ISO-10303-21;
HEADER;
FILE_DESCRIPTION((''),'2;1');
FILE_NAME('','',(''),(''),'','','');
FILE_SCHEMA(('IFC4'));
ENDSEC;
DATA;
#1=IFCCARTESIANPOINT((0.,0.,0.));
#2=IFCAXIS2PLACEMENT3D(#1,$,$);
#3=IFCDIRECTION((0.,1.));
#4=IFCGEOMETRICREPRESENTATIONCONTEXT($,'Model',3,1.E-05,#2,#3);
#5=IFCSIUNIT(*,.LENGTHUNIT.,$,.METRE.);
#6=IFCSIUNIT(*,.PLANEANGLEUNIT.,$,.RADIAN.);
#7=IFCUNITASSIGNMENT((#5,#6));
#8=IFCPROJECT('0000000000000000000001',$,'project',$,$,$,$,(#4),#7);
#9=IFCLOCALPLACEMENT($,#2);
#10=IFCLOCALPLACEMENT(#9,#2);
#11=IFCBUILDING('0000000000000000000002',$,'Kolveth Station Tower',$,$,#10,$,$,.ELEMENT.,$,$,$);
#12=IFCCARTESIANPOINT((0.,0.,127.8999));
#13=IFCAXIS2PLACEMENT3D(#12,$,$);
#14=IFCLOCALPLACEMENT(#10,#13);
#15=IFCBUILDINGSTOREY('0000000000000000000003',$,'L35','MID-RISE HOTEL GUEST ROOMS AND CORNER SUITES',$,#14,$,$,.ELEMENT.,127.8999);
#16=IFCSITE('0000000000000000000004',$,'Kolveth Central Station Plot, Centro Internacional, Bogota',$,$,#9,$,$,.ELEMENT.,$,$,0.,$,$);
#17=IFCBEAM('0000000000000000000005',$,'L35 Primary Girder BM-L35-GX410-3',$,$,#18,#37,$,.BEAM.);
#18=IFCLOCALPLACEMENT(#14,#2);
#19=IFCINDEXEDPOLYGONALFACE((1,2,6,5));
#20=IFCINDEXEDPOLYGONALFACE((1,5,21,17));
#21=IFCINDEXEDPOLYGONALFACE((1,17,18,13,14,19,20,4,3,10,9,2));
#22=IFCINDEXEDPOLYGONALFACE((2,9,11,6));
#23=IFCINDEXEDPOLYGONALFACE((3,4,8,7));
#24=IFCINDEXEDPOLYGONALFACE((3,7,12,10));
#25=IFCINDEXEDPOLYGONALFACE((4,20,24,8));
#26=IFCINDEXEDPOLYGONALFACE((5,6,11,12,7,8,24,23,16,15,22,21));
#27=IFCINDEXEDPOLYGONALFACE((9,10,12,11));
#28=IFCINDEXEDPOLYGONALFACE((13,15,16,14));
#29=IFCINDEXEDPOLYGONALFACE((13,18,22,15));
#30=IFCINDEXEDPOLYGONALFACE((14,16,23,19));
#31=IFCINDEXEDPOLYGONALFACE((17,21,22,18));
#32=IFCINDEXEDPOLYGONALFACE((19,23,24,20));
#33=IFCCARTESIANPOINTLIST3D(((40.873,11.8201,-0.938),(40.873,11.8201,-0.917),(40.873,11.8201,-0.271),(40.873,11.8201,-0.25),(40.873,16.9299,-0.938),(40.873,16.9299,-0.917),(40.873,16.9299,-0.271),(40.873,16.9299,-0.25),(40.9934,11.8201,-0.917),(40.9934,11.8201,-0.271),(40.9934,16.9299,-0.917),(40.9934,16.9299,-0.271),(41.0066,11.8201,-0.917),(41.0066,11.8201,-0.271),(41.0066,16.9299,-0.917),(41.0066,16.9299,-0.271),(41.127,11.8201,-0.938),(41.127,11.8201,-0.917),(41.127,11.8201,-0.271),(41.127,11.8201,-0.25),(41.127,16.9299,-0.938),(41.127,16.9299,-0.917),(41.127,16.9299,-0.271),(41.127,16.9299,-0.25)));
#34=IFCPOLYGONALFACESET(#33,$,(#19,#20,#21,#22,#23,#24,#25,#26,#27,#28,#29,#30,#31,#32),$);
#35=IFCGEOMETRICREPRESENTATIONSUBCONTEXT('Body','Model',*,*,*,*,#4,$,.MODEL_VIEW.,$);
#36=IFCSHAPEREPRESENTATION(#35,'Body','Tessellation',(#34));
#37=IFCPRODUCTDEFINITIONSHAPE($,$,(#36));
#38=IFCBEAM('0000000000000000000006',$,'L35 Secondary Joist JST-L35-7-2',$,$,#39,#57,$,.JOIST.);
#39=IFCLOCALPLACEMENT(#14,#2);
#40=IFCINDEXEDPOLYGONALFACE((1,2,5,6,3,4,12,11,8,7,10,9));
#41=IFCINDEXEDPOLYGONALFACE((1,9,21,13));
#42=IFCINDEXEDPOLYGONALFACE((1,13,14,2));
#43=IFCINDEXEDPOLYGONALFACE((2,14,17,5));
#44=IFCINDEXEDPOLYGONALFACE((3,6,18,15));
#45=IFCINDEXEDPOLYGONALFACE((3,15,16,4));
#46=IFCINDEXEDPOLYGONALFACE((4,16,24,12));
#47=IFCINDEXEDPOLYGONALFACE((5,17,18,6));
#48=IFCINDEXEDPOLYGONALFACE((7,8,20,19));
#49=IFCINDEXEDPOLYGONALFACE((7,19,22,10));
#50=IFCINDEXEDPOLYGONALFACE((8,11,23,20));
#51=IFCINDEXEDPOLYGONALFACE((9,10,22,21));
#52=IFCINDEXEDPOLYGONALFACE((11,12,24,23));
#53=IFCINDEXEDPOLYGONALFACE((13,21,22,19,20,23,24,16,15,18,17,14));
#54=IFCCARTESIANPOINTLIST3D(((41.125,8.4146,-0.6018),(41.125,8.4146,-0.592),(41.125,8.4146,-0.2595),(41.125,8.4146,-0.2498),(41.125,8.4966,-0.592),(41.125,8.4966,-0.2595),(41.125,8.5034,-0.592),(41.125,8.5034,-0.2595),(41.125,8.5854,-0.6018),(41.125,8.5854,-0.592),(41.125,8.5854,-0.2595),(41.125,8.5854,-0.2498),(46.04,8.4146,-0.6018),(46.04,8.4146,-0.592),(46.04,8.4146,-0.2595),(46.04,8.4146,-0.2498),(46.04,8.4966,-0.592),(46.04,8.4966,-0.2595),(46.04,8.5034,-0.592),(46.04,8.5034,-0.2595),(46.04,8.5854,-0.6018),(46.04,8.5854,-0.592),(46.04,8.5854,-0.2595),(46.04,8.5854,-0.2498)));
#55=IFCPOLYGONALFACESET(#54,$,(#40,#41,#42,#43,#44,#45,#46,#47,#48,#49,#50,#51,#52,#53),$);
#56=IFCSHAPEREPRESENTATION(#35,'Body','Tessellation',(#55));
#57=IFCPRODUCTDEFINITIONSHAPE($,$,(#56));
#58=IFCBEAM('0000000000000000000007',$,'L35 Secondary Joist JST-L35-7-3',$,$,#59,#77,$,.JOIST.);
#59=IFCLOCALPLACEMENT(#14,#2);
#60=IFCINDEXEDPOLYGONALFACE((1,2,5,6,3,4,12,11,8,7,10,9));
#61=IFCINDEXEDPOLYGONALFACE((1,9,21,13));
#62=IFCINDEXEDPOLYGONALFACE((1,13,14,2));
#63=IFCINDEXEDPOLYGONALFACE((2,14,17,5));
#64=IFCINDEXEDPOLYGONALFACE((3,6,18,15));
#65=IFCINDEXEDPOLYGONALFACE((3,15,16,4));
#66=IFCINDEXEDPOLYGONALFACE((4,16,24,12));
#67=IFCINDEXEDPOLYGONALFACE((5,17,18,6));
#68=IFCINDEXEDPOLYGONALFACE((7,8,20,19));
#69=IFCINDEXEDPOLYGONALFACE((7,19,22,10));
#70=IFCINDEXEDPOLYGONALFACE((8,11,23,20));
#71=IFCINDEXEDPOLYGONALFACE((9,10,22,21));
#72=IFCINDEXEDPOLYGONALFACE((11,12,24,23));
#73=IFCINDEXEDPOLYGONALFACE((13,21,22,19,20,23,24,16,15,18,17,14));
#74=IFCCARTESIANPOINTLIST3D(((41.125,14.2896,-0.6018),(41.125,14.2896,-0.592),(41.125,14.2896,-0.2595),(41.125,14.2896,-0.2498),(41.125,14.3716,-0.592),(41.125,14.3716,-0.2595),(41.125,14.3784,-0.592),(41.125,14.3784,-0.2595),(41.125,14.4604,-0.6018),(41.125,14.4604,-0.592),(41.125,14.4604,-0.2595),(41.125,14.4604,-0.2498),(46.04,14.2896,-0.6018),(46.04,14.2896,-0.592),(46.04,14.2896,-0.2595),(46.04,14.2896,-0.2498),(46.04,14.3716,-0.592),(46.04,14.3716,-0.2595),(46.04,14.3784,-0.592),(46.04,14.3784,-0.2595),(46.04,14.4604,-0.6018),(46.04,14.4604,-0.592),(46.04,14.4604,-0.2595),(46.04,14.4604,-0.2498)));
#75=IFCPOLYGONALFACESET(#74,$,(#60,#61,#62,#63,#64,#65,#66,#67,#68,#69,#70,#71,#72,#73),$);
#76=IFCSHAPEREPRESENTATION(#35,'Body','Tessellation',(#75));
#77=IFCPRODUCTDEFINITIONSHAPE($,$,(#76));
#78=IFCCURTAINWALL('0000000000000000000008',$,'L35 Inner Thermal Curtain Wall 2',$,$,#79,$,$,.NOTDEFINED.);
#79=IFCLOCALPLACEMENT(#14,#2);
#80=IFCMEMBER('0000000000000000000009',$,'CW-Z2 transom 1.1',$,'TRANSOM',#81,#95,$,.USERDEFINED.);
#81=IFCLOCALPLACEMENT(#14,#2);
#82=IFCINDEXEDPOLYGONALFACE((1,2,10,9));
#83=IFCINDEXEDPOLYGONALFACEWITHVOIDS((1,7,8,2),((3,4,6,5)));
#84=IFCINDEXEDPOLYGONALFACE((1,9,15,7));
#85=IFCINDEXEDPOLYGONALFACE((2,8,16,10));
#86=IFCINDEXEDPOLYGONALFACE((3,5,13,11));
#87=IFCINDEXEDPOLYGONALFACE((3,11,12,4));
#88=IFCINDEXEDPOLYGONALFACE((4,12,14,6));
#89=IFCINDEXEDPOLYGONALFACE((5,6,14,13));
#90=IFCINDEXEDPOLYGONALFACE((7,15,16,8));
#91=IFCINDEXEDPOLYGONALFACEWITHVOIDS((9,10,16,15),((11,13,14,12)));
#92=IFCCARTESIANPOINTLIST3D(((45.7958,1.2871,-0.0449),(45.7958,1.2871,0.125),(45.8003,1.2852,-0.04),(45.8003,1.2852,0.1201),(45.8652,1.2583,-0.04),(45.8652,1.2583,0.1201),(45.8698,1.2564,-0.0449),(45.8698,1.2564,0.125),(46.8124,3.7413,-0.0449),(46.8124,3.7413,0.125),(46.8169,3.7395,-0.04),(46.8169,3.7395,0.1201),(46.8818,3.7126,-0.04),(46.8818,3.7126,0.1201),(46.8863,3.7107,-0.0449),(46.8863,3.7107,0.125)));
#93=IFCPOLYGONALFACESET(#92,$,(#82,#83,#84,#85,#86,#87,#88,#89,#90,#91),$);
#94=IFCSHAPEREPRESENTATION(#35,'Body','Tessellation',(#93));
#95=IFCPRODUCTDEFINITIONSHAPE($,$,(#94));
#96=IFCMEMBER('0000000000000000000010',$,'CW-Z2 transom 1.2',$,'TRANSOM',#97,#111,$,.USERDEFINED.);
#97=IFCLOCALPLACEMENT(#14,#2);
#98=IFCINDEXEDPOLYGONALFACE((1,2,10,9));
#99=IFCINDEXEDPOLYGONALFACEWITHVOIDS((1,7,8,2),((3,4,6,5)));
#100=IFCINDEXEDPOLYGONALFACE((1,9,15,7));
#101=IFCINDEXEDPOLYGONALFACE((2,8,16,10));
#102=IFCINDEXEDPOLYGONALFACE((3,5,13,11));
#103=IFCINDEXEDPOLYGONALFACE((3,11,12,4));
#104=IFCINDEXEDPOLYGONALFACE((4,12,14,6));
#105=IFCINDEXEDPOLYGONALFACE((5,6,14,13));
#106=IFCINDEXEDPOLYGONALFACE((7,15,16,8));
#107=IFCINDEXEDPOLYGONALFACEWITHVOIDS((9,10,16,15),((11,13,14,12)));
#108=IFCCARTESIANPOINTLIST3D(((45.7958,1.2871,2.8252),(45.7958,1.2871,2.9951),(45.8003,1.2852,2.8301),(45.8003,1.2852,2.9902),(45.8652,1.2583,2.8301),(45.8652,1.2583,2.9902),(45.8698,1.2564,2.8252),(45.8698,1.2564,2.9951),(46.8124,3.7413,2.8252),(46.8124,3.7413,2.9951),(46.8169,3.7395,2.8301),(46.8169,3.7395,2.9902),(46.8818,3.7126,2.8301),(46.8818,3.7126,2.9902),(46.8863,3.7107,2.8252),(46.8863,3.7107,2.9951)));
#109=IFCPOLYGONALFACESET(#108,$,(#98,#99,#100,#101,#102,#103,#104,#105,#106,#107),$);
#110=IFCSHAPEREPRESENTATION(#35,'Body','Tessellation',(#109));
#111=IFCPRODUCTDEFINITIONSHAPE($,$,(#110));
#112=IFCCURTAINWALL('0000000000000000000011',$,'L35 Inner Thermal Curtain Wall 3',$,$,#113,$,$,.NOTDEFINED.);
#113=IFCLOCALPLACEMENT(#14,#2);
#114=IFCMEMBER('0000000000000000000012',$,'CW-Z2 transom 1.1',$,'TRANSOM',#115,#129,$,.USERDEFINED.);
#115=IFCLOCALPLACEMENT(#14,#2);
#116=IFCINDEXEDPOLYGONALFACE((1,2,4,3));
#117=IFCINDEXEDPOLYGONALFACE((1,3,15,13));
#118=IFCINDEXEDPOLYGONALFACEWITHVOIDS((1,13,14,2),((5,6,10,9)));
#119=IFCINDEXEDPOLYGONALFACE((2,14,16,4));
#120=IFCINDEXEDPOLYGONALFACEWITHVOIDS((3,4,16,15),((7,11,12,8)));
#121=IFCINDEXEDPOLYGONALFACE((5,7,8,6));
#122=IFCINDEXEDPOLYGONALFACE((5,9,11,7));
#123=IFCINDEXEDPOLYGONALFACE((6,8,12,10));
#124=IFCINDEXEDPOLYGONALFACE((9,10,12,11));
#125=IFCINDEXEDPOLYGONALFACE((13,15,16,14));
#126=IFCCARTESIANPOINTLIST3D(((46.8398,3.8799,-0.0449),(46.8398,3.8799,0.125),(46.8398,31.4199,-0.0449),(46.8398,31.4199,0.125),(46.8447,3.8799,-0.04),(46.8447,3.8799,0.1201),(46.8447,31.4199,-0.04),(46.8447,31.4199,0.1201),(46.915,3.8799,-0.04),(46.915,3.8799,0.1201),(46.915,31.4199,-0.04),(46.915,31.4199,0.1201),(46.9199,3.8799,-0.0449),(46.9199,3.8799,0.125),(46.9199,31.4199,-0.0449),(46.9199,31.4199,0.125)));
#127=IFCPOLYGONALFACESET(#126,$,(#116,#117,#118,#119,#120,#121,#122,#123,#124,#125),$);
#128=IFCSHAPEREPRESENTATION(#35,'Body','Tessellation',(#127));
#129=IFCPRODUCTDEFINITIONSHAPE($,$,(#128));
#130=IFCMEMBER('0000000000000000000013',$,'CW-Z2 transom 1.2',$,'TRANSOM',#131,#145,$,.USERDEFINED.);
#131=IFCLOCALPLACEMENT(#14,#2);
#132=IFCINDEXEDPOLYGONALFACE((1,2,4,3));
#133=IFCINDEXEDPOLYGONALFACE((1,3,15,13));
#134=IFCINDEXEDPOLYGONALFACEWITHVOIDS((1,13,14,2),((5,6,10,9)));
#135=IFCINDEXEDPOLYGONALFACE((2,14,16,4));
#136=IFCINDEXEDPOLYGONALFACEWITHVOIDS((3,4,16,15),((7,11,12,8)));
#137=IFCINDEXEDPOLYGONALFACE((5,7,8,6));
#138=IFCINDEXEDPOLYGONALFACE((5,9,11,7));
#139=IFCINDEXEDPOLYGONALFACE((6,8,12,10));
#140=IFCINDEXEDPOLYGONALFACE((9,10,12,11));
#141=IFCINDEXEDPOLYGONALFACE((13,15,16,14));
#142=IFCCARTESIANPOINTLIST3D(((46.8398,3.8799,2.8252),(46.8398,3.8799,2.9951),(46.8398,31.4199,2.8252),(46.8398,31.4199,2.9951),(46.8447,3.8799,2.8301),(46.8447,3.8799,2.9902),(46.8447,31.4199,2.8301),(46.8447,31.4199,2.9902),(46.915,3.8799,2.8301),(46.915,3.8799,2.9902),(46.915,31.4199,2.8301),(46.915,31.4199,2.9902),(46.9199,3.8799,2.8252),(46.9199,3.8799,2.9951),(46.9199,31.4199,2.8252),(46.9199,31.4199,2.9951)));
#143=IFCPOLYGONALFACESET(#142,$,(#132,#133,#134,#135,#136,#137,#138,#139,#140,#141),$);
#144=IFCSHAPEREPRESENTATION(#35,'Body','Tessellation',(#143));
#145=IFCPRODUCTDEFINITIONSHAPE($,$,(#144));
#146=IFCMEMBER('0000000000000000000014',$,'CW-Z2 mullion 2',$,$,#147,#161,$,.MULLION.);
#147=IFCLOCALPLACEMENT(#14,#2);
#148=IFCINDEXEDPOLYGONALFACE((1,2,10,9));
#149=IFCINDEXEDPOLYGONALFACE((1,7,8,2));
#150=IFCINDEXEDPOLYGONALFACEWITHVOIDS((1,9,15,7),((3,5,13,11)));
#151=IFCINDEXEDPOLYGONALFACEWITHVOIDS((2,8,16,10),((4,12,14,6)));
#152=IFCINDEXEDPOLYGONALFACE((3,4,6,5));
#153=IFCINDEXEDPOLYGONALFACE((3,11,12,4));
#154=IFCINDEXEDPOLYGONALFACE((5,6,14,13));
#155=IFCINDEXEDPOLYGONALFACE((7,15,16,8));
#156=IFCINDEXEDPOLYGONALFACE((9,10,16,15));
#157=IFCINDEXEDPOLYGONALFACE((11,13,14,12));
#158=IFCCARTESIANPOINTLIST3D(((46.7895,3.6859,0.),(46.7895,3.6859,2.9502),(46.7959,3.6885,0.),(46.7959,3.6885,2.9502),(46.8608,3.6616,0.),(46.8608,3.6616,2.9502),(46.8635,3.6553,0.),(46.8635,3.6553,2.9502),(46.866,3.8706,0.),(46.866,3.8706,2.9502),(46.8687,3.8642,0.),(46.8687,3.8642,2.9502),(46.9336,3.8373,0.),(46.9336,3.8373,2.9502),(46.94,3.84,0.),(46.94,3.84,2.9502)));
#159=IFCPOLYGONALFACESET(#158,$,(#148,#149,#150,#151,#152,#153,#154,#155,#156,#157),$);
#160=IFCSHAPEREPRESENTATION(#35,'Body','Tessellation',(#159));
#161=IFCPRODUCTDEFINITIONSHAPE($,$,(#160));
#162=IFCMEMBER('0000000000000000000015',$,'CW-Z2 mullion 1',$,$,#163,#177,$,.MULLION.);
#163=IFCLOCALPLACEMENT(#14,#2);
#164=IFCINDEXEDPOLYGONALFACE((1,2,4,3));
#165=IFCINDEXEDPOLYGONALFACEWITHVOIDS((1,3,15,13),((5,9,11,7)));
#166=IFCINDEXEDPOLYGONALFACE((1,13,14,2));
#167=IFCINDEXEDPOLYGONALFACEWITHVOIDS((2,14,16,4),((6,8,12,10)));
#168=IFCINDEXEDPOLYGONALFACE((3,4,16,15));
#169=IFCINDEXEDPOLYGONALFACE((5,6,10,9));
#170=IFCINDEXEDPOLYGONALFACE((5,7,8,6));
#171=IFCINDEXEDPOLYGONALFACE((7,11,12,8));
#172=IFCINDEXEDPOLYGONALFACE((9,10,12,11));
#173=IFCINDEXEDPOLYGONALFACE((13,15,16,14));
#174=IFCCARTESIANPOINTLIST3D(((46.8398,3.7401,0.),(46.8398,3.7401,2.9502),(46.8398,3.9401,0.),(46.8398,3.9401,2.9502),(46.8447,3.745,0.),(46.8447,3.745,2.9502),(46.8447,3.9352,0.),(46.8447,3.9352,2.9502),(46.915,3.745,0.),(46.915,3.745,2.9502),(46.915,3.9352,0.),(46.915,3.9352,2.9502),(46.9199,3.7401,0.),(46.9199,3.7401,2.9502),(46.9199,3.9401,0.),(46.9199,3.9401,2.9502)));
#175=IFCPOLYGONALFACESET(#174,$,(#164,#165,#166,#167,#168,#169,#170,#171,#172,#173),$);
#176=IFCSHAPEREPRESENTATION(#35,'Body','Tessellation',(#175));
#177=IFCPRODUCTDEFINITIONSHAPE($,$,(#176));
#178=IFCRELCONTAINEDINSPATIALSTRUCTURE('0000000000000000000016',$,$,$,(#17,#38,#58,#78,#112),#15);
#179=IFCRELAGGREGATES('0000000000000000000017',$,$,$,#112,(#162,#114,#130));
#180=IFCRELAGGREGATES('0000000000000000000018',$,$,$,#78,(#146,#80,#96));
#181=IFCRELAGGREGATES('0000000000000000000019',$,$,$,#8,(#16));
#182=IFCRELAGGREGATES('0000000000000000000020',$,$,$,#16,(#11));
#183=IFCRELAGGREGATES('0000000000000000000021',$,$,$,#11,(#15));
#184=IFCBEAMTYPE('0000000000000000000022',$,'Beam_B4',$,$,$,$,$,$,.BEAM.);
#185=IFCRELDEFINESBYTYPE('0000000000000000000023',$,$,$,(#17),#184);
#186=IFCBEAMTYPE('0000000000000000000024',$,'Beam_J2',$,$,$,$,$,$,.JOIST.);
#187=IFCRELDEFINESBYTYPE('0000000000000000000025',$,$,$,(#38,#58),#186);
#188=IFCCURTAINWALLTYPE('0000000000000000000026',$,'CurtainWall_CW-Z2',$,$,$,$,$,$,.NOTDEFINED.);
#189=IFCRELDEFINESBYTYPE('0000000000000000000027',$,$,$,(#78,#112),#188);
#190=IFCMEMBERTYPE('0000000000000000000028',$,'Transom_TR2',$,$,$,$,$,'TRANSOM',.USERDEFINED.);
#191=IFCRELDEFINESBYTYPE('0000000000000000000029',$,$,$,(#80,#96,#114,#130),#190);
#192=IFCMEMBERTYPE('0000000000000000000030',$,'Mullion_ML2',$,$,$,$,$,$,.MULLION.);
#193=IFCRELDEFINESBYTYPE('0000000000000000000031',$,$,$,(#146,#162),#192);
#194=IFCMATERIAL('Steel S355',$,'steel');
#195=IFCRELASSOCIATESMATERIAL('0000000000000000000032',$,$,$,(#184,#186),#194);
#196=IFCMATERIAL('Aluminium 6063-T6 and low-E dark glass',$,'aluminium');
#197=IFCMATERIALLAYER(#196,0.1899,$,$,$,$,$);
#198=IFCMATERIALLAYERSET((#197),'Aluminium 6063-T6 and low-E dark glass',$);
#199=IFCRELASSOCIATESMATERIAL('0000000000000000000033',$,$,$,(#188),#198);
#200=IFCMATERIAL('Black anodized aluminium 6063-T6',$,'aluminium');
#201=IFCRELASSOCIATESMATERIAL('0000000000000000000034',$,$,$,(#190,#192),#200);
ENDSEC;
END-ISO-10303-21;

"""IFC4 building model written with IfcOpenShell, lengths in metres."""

from ifc_helpers import new_model, si_unit, direction, frame, origin, origin_2d, place, context, subcontext, project, spatial, hollow_rectangle, i_section, extrude, source, transform, mapped, material, layer, layer_set, material_profile, profile_set, type_object, element, aggregate, save


model = new_model("IFC4")

# Units and contexts
model_context = context("Model", 3, precision=1e-05, world=origin(), true_north=direction((0.0, 1.0)))
body_context = subcontext(model_context, "Body", "Model", "MODEL_VIEW")
ifc_project = project(units=[si_unit("LENGTHUNIT", "METRE"), si_unit("PLANEANGLEUNIT", "RADIAN")], contexts=[model_context])

# Site, building, storey
site_placement = place(None, origin())
site = spatial("IfcSite", under=ifc_project, at=site_placement, Name="Kolveth Central Station Plot, Centro Internacional, Bogota", CompositionType="ELEMENT", RefElevation=0.0)
building_placement = place(site_placement, origin())
building = spatial("IfcBuilding", under=site, at=building_placement, Name="Kolveth Station Tower", CompositionType="ELEMENT")
storey_placement = place(building_placement, frame((0.0, 0.0, 127.8999)))
storey = spatial("IfcBuildingStorey", under=building, at=storey_placement, Name="L35", Description="MID-RISE HOTEL GUEST ROOMS AND CORNER SUITES", CompositionType="ELEMENT", Elevation=127.8999)

# Beams
ifc_material_1 = material(Name="Steel S355", Category="steel")
ifc_material_profile_1 = material_profile(ifc_material_1, i_section(OverallWidth=0.2539, OverallDepth=0.688, WebThickness=0.0132, FlangeThickness=0.021, at=origin_2d()), Name="W690x152")
ifc_profile_set_1 = profile_set([ifc_material_profile_1], Name="Steel S355")
beam_type_1 = type_object("IfcBeamType", Name="Beam_B4", PredefinedType="BEAM", material=ifc_profile_set_1)
shared_shape_1 = source(origin(), body_context, "Body", "SweptSolid", [
    extrude(i_section(OverallWidth=0.2539, OverallDepth=0.688, WebThickness=0.0132, FlangeThickness=0.021, at=origin_2d()), origin(), (0.0, 0.0, 1.0), 5.1099),
])
beam_1_placement = place(storey_placement, frame((41.0, 11.8201, -0.594), z_axis=(0.0, 1.0, 0.0), x_axis=(-1.0, 0.0, 0.0)))
element("IfcBeam", 1, at=beam_1_placement, inside=storey, type_object=beam_type_1, Name="L35 Primary Girder BM-L35-GX410-3", PredefinedType="BEAM", context=body_context, shape_type="MappedRepresentation", body=[
    mapped(shared_shape_1, transform((0.0, 0.0, 0.0), x_axis=(1.0, 0.0, 0.0), y_axis=(0.0, 1.0, 0.0), z_axis=(0.0, 0.0, 1.0), scale=1.0)),
])
ifc_material_profile_2 = material_profile(ifc_material_1, i_section(OverallWidth=0.1709, OverallDepth=0.3521, WebThickness=0.0068, FlangeThickness=0.0098, at=origin_2d()), Name="W360x44")
ifc_profile_set_2 = profile_set([ifc_material_profile_2], Name="Steel S355")
beam_type_2 = type_object("IfcBeamType", Name="Beam_J2", PredefinedType="JOIST", material=ifc_profile_set_2)
shared_shape_2 = source(origin(), body_context, "Body", "SweptSolid", [
    extrude(i_section(OverallWidth=0.1709, OverallDepth=0.3521, WebThickness=0.0068, FlangeThickness=0.0098, at=origin_2d()), origin(), (0.0, 0.0, 1.0), 4.915),
])
for number, where, z_axis, x_axis, name in (
    (2, (41.125, 8.5, -0.4258), (1.0, 0.0, 0.0), (0.0, 1.0, 0.0), "L35 Secondary Joist JST-L35-7-2"),
    (3, (41.125, 14.375, -0.4258), (1.0, 0.0, 0.0), (0.0, 1.0, 0.0), "L35 Secondary Joist JST-L35-7-3"),
):
    element("IfcBeam", number, at=place(storey_placement, frame(where, z_axis=z_axis, x_axis=x_axis)), inside=storey, type_object=beam_type_2, Name=name, PredefinedType="JOIST", context=body_context, shape_type="MappedRepresentation", body=[
        mapped(shared_shape_2, transform((0.0, 0.0, 0.0), x_axis=(1.0, 0.0, 0.0), y_axis=(0.0, 1.0, 0.0), z_axis=(0.0, 0.0, 1.0), scale=1.0)),
    ])

# Curtain walls, members
ifc_material_2 = material(Name="Aluminium 6063-T6 and low-E dark glass", Category="aluminium")
ifc_layer_1 = layer(ifc_material_2, 0.1899)
ifc_layer_set_1 = layer_set([ifc_layer_1], Name="Aluminium 6063-T6 and low-E dark glass")
curtain_wall_type_1 = type_object("IfcCurtainWallType", Name="CurtainWall_CW-Z2", PredefinedType="NOTDEFINED", material=ifc_layer_set_1)
curtain_wall_1_placement = place(storey_placement, origin())
curtain_wall_1 = element("IfcCurtainWall", 4, at=curtain_wall_1_placement, inside=storey, type_object=curtain_wall_type_1, Name="L35 Inner Thermal Curtain Wall 2", PredefinedType="NOTDEFINED")
ifc_material_3 = material(Name="Black anodized aluminium 6063-T6", Category="aluminium")
ifc_material_profile_3 = material_profile(ifc_material_3, hollow_rectangle(XDim=0.0801, YDim=0.1699, WallThickness=0.0049, at=origin_2d()), Name="ALU-80x170x5")
ifc_profile_set_3 = profile_set([ifc_material_profile_3], Name="Black anodized aluminium 6063-T6")
member_type_1 = type_object("IfcMemberType", Name="Transom_TR2", ElementType="TRANSOM", PredefinedType="USERDEFINED", material=ifc_profile_set_3)
shared_shape_3 = source(origin(), body_context, "Body", "SweptSolid", [
    extrude(hollow_rectangle(XDim=0.0801, YDim=0.1699, WallThickness=0.0049, at=origin_2d()), origin(), (0.0, 0.0, 1.0), 2.6565),
])
member_1_placement = place(storey_placement, frame((45.8328, 1.2717, 0.04), z_axis=(0.382676, 0.923882, 0.0), x_axis=(-0.923882, 0.382676, 0.0)))
member_1 = element("IfcMember", 5, at=member_1_placement, type_object=member_type_1, Name="CW-Z2 transom 1.1", ObjectType="TRANSOM", PredefinedType="USERDEFINED", context=body_context, shape_type="MappedRepresentation", body=[
    mapped(shared_shape_3, transform((0.0, 0.0, 0.0), x_axis=(1.0, 0.0, 0.0), y_axis=(0.0, 1.0, 0.0), z_axis=(0.0, 0.0, 1.0), scale=1.0)),
])
member_2_placement = place(storey_placement, frame((45.8328, 1.2717, 2.9102), z_axis=(0.382676, 0.923882, 0.0), x_axis=(-0.923882, 0.382676, 0.0)))
member_2 = element("IfcMember", 6, at=member_2_placement, type_object=member_type_1, Name="CW-Z2 transom 1.2", ObjectType="TRANSOM", PredefinedType="USERDEFINED", context=body_context, shape_type="MappedRepresentation", body=[
    mapped(shared_shape_3, transform((0.0, 0.0, 0.0), x_axis=(1.0, 0.0, 0.0), y_axis=(0.0, 1.0, 0.0), z_axis=(0.0, 0.0, 1.0), scale=1.0)),
])
curtain_wall_2_placement = place(storey_placement, origin())
curtain_wall_2 = element("IfcCurtainWall", 7, at=curtain_wall_2_placement, inside=storey, type_object=curtain_wall_type_1, Name="L35 Inner Thermal Curtain Wall 3", PredefinedType="NOTDEFINED")
shared_shape_4 = source(origin(), body_context, "Body", "SweptSolid", [
    extrude(hollow_rectangle(XDim=0.0801, YDim=0.1699, WallThickness=0.0049, at=origin_2d()), origin(), (0.0, 0.0, 1.0), 27.54),
])
member_3_placement = place(storey_placement, frame((46.8799, 3.8799, 0.04), z_axis=(0.0, 1.0, 0.0), x_axis=(-1.0, 0.0, 0.0)))
member_3 = element("IfcMember", 8, at=member_3_placement, type_object=member_type_1, Name="CW-Z2 transom 1.1", ObjectType="TRANSOM", PredefinedType="USERDEFINED", context=body_context, shape_type="MappedRepresentation", body=[
    mapped(shared_shape_4, transform((0.0, 0.0, 0.0), x_axis=(1.0, 0.0, 0.0), y_axis=(0.0, 1.0, 0.0), z_axis=(0.0, 0.0, 1.0), scale=1.0)),
])
member_4_placement = place(storey_placement, frame((46.8799, 3.8799, 2.9102), z_axis=(0.0, 1.0, 0.0), x_axis=(-1.0, 0.0, 0.0)))
member_4 = element("IfcMember", 9, at=member_4_placement, type_object=member_type_1, Name="CW-Z2 transom 1.2", ObjectType="TRANSOM", PredefinedType="USERDEFINED", context=body_context, shape_type="MappedRepresentation", body=[
    mapped(shared_shape_4, transform((0.0, 0.0, 0.0), x_axis=(1.0, 0.0, 0.0), y_axis=(0.0, 1.0, 0.0), z_axis=(0.0, 0.0, 1.0), scale=1.0)),
])

# Members
ifc_material_profile_4 = material_profile(ifc_material_3, hollow_rectangle(XDim=0.0801, YDim=0.2, WallThickness=0.0049, at=origin_2d()), Name="ALU-80x200x5")
ifc_profile_set_4 = profile_set([ifc_material_profile_4], Name="Black anodized aluminium 6063-T6")
member_type_2 = type_object("IfcMemberType", Name="Mullion_ML2", PredefinedType="MULLION", material=ifc_profile_set_4)
shared_shape_5 = source(origin(), body_context, "Body", "SweptSolid", [
    extrude(hollow_rectangle(XDim=0.0801, YDim=0.2, WallThickness=0.0049, at=origin_2d()), origin(), (0.0, 0.0, 1.0), 2.9502),
])
member_5_placement = place(storey_placement, frame((46.8647, 3.7629, 0.0), z_axis=(0.0, 0.0, 1.0), x_axis=(-0.923888, 0.382663, 0.0)))
member_5 = element("IfcMember", 10, at=member_5_placement, type_object=member_type_2, Name="CW-Z2 mullion 2", PredefinedType="MULLION", context=body_context, shape_type="MappedRepresentation", body=[
    mapped(shared_shape_5, transform((0.0, 0.0, 0.0), x_axis=(1.0, 0.0, 0.0), y_axis=(0.0, 1.0, 0.0), z_axis=(0.0, 0.0, 1.0), scale=1.0)),
])
member_6_placement = place(storey_placement, frame((46.8799, 3.8401, 0.0), z_axis=(0.0, 0.0, 1.0), x_axis=(-1.0, 0.0, 0.0)))
member_6 = element("IfcMember", 11, at=member_6_placement, type_object=member_type_2, Name="CW-Z2 mullion 1", PredefinedType="MULLION", context=body_context, shape_type="MappedRepresentation", body=[
    mapped(shared_shape_5, transform((0.0, 0.0, 0.0), x_axis=(1.0, 0.0, 0.0), y_axis=(0.0, 1.0, 0.0), z_axis=(0.0, 0.0, 1.0), scale=1.0)),
])
aggregate(curtain_wall_2, [member_6, member_3, member_4])

aggregate(curtain_wall_1, [member_5, member_1, member_2])

save(model, "model.ifc")
